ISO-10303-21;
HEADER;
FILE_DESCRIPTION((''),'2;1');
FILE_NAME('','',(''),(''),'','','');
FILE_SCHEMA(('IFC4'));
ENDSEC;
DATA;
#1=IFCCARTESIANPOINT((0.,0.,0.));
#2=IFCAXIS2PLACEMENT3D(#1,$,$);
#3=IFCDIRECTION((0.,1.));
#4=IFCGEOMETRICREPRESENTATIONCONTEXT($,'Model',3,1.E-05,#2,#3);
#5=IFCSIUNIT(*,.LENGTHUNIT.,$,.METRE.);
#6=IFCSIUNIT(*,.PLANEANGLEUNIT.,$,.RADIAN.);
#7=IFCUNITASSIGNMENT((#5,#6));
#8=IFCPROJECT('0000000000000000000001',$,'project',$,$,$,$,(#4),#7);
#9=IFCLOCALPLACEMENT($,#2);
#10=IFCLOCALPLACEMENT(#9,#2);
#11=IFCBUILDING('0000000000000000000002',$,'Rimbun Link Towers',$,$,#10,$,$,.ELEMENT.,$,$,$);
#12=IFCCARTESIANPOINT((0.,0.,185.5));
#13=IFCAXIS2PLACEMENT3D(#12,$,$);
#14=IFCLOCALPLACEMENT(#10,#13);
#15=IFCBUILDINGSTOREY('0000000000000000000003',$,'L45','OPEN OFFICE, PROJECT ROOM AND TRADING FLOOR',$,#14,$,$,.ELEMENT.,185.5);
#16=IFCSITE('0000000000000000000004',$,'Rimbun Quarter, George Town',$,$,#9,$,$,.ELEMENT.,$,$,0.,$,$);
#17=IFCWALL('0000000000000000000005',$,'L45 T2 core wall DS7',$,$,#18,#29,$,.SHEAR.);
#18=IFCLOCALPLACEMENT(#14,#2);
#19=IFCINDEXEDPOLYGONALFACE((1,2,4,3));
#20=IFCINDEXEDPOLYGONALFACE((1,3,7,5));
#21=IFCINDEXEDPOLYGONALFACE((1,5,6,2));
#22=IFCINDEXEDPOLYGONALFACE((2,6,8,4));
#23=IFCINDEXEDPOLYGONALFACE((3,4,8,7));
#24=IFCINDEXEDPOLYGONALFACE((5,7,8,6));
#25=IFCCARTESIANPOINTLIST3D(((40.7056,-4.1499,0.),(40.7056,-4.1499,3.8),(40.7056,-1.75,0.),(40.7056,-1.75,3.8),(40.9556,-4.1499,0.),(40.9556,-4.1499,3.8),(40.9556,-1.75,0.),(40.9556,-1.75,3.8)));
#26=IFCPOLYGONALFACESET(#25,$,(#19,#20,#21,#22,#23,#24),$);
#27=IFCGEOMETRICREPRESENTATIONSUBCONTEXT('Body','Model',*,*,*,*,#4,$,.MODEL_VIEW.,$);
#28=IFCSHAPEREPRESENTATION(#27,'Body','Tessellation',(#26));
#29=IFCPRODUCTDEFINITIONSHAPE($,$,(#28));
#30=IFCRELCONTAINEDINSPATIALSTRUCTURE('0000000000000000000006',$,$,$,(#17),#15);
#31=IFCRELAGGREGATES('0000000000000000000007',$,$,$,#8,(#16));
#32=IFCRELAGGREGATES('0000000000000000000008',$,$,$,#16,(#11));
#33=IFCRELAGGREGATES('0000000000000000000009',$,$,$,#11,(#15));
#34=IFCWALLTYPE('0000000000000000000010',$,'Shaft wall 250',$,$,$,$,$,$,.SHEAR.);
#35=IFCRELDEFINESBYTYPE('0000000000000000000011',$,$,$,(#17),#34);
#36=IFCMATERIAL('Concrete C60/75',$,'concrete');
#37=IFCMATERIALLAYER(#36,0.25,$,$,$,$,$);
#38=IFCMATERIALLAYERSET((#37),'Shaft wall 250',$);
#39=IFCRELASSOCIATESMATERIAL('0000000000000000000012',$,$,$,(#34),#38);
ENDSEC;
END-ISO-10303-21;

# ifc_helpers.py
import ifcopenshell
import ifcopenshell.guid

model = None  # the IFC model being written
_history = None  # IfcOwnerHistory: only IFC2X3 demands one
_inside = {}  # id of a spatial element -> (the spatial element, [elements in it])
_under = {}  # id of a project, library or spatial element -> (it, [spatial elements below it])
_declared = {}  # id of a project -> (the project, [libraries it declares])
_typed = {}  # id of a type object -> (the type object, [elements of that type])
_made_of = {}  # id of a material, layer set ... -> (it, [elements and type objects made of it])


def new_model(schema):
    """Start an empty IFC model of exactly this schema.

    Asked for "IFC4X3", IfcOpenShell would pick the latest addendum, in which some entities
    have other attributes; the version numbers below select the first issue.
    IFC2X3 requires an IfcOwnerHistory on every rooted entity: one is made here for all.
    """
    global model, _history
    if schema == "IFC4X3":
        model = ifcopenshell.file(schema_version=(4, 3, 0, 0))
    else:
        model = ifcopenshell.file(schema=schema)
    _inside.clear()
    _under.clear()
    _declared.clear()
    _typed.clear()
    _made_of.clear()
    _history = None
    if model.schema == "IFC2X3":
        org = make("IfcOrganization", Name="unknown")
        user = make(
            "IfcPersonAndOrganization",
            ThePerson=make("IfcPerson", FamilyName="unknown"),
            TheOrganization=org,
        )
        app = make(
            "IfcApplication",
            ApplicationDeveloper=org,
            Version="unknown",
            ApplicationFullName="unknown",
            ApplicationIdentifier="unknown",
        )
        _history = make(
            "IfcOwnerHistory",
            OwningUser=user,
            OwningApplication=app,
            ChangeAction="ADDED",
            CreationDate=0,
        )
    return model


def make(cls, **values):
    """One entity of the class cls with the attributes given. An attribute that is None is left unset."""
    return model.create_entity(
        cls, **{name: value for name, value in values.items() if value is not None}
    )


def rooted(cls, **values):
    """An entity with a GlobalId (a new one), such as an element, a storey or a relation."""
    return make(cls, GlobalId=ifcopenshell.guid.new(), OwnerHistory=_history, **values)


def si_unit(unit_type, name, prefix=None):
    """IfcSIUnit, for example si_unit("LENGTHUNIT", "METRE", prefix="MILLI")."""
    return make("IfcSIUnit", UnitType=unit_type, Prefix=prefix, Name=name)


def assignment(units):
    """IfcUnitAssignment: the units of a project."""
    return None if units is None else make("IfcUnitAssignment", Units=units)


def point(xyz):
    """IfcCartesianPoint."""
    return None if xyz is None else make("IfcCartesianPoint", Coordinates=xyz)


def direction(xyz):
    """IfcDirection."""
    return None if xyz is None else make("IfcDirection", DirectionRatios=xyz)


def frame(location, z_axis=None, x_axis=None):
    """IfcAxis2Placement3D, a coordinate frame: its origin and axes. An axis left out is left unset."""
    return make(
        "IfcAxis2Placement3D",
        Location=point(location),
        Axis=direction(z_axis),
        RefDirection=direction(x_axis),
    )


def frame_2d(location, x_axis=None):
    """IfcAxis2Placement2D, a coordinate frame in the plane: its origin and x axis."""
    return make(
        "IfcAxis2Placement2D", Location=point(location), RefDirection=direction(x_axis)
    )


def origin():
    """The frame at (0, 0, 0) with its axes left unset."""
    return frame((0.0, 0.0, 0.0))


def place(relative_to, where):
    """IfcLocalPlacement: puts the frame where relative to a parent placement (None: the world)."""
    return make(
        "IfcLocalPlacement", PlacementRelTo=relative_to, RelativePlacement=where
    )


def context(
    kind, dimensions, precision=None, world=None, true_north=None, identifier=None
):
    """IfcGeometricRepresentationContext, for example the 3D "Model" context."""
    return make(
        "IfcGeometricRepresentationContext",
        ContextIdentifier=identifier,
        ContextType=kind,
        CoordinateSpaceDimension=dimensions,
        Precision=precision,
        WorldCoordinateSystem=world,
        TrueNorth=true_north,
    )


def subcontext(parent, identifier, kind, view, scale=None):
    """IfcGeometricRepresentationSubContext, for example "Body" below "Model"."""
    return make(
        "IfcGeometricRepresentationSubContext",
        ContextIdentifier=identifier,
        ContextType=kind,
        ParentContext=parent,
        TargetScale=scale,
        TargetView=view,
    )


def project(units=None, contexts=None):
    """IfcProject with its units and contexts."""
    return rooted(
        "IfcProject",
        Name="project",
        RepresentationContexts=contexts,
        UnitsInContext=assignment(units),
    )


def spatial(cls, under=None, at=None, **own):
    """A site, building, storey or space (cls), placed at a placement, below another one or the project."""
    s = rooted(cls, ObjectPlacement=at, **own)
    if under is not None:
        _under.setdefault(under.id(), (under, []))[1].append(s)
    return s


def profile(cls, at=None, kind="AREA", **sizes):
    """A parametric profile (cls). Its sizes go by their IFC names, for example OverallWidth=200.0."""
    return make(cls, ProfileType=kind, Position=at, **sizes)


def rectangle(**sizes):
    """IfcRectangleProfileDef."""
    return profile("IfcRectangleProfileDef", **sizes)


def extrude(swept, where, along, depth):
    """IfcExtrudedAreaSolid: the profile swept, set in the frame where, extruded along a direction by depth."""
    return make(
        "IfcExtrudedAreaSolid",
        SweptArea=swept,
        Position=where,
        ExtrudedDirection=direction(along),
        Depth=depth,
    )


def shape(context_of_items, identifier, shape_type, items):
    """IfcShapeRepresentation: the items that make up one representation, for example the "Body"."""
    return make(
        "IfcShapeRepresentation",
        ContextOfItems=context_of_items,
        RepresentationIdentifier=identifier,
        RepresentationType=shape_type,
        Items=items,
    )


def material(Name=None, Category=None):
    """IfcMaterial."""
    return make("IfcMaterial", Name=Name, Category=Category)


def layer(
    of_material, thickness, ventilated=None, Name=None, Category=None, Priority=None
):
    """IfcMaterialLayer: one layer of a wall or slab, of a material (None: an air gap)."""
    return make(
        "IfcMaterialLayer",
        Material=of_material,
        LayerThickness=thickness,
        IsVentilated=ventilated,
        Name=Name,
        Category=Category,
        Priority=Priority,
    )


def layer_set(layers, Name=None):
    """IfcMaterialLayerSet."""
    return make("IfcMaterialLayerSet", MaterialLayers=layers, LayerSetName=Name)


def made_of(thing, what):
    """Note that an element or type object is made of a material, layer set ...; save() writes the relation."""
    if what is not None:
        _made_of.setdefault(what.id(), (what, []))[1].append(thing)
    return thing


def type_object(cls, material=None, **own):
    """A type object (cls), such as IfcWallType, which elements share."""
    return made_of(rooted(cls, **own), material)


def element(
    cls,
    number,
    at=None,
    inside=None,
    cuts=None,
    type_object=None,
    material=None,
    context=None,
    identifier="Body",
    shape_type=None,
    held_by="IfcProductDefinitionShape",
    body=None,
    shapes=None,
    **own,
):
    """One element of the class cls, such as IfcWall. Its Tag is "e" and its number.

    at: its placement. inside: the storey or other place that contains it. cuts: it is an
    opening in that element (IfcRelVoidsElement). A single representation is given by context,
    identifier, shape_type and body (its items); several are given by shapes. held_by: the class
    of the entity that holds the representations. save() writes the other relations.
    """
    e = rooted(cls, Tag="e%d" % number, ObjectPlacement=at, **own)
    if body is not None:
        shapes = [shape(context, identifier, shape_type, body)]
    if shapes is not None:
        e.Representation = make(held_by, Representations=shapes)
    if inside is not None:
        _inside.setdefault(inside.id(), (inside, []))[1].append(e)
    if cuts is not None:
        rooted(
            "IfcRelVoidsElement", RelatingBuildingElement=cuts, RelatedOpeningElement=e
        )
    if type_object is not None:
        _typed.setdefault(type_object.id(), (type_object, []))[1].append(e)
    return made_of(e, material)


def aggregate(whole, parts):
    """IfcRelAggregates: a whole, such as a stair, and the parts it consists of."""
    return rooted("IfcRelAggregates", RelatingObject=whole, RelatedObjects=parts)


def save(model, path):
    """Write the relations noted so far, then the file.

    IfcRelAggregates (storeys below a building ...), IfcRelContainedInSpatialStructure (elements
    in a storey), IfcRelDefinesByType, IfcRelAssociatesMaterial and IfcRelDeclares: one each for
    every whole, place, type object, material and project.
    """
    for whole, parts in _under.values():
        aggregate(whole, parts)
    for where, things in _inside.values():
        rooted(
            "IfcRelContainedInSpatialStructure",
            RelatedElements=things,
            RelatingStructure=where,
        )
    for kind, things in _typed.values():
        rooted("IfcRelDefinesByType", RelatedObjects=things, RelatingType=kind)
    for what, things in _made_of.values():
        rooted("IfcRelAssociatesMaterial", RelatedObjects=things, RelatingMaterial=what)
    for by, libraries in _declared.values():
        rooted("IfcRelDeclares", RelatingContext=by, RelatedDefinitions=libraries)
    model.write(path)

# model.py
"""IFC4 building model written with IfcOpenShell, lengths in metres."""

from ifc_helpers import new_model, si_unit, direction, frame, frame_2d, origin, place, context, subcontext, project, spatial, rectangle, extrude, material, layer, layer_set, type_object, element, save


model = new_model("IFC4")

# Units and contexts
model_context = context("Model", 3, precision=1e-05, world=origin(), true_north=direction((0.0, 1.0)))
body_context = subcontext(model_context, "Body", "Model", "MODEL_VIEW")
ifc_project = project(units=[si_unit("LENGTHUNIT", "METRE"), si_unit("PLANEANGLEUNIT", "RADIAN")], contexts=[model_context])

# Site, building, storey
site_placement = place(None, origin())
site = spatial("IfcSite", under=ifc_project, at=site_placement, Name="Rimbun Quarter, George Town", CompositionType="ELEMENT", RefElevation=0.0)
building_placement = place(site_placement, origin())
building = spatial("IfcBuilding", under=site, at=building_placement, Name="Rimbun Link Towers", CompositionType="ELEMENT")
storey_placement = place(building_placement, frame((0.0, 0.0, 185.5)))
storey = spatial("IfcBuildingStorey", under=building, at=storey_placement, Name="L45", Description="OPEN OFFICE, PROJECT ROOM AND TRADING FLOOR", CompositionType="ELEMENT", Elevation=185.5)

# Wall
ifc_material_1 = material(Name="Concrete C60/75", Category="concrete")
ifc_layer_1 = layer(ifc_material_1, 0.25)
ifc_layer_set_1 = layer_set([ifc_layer_1], Name="Shaft wall 250")
wall_type_1 = type_object("IfcWallType", Name="Shaft wall 250", PredefinedType="SHEAR", material=ifc_layer_set_1)
wall_1_placement = place(storey_placement, frame((40.8306, -4.1499, 0.0), z_axis=(0.0, 0.0, 1.0), x_axis=(0.0, 1.0, 0.0)))
element("IfcWall", 1, at=wall_1_placement, inside=storey, type_object=wall_type_1, Name="L45 T2 core wall DS7", PredefinedType="SHEAR", context=body_context, shape_type="SweptSolid", body=[
    extrude(rectangle(XDim=2.3999, YDim=0.25, at=frame_2d((1.2, 0.0))), origin(), (0.0, 0.0, 1.0), 3.8),
])

save(model, "model.ifc")
